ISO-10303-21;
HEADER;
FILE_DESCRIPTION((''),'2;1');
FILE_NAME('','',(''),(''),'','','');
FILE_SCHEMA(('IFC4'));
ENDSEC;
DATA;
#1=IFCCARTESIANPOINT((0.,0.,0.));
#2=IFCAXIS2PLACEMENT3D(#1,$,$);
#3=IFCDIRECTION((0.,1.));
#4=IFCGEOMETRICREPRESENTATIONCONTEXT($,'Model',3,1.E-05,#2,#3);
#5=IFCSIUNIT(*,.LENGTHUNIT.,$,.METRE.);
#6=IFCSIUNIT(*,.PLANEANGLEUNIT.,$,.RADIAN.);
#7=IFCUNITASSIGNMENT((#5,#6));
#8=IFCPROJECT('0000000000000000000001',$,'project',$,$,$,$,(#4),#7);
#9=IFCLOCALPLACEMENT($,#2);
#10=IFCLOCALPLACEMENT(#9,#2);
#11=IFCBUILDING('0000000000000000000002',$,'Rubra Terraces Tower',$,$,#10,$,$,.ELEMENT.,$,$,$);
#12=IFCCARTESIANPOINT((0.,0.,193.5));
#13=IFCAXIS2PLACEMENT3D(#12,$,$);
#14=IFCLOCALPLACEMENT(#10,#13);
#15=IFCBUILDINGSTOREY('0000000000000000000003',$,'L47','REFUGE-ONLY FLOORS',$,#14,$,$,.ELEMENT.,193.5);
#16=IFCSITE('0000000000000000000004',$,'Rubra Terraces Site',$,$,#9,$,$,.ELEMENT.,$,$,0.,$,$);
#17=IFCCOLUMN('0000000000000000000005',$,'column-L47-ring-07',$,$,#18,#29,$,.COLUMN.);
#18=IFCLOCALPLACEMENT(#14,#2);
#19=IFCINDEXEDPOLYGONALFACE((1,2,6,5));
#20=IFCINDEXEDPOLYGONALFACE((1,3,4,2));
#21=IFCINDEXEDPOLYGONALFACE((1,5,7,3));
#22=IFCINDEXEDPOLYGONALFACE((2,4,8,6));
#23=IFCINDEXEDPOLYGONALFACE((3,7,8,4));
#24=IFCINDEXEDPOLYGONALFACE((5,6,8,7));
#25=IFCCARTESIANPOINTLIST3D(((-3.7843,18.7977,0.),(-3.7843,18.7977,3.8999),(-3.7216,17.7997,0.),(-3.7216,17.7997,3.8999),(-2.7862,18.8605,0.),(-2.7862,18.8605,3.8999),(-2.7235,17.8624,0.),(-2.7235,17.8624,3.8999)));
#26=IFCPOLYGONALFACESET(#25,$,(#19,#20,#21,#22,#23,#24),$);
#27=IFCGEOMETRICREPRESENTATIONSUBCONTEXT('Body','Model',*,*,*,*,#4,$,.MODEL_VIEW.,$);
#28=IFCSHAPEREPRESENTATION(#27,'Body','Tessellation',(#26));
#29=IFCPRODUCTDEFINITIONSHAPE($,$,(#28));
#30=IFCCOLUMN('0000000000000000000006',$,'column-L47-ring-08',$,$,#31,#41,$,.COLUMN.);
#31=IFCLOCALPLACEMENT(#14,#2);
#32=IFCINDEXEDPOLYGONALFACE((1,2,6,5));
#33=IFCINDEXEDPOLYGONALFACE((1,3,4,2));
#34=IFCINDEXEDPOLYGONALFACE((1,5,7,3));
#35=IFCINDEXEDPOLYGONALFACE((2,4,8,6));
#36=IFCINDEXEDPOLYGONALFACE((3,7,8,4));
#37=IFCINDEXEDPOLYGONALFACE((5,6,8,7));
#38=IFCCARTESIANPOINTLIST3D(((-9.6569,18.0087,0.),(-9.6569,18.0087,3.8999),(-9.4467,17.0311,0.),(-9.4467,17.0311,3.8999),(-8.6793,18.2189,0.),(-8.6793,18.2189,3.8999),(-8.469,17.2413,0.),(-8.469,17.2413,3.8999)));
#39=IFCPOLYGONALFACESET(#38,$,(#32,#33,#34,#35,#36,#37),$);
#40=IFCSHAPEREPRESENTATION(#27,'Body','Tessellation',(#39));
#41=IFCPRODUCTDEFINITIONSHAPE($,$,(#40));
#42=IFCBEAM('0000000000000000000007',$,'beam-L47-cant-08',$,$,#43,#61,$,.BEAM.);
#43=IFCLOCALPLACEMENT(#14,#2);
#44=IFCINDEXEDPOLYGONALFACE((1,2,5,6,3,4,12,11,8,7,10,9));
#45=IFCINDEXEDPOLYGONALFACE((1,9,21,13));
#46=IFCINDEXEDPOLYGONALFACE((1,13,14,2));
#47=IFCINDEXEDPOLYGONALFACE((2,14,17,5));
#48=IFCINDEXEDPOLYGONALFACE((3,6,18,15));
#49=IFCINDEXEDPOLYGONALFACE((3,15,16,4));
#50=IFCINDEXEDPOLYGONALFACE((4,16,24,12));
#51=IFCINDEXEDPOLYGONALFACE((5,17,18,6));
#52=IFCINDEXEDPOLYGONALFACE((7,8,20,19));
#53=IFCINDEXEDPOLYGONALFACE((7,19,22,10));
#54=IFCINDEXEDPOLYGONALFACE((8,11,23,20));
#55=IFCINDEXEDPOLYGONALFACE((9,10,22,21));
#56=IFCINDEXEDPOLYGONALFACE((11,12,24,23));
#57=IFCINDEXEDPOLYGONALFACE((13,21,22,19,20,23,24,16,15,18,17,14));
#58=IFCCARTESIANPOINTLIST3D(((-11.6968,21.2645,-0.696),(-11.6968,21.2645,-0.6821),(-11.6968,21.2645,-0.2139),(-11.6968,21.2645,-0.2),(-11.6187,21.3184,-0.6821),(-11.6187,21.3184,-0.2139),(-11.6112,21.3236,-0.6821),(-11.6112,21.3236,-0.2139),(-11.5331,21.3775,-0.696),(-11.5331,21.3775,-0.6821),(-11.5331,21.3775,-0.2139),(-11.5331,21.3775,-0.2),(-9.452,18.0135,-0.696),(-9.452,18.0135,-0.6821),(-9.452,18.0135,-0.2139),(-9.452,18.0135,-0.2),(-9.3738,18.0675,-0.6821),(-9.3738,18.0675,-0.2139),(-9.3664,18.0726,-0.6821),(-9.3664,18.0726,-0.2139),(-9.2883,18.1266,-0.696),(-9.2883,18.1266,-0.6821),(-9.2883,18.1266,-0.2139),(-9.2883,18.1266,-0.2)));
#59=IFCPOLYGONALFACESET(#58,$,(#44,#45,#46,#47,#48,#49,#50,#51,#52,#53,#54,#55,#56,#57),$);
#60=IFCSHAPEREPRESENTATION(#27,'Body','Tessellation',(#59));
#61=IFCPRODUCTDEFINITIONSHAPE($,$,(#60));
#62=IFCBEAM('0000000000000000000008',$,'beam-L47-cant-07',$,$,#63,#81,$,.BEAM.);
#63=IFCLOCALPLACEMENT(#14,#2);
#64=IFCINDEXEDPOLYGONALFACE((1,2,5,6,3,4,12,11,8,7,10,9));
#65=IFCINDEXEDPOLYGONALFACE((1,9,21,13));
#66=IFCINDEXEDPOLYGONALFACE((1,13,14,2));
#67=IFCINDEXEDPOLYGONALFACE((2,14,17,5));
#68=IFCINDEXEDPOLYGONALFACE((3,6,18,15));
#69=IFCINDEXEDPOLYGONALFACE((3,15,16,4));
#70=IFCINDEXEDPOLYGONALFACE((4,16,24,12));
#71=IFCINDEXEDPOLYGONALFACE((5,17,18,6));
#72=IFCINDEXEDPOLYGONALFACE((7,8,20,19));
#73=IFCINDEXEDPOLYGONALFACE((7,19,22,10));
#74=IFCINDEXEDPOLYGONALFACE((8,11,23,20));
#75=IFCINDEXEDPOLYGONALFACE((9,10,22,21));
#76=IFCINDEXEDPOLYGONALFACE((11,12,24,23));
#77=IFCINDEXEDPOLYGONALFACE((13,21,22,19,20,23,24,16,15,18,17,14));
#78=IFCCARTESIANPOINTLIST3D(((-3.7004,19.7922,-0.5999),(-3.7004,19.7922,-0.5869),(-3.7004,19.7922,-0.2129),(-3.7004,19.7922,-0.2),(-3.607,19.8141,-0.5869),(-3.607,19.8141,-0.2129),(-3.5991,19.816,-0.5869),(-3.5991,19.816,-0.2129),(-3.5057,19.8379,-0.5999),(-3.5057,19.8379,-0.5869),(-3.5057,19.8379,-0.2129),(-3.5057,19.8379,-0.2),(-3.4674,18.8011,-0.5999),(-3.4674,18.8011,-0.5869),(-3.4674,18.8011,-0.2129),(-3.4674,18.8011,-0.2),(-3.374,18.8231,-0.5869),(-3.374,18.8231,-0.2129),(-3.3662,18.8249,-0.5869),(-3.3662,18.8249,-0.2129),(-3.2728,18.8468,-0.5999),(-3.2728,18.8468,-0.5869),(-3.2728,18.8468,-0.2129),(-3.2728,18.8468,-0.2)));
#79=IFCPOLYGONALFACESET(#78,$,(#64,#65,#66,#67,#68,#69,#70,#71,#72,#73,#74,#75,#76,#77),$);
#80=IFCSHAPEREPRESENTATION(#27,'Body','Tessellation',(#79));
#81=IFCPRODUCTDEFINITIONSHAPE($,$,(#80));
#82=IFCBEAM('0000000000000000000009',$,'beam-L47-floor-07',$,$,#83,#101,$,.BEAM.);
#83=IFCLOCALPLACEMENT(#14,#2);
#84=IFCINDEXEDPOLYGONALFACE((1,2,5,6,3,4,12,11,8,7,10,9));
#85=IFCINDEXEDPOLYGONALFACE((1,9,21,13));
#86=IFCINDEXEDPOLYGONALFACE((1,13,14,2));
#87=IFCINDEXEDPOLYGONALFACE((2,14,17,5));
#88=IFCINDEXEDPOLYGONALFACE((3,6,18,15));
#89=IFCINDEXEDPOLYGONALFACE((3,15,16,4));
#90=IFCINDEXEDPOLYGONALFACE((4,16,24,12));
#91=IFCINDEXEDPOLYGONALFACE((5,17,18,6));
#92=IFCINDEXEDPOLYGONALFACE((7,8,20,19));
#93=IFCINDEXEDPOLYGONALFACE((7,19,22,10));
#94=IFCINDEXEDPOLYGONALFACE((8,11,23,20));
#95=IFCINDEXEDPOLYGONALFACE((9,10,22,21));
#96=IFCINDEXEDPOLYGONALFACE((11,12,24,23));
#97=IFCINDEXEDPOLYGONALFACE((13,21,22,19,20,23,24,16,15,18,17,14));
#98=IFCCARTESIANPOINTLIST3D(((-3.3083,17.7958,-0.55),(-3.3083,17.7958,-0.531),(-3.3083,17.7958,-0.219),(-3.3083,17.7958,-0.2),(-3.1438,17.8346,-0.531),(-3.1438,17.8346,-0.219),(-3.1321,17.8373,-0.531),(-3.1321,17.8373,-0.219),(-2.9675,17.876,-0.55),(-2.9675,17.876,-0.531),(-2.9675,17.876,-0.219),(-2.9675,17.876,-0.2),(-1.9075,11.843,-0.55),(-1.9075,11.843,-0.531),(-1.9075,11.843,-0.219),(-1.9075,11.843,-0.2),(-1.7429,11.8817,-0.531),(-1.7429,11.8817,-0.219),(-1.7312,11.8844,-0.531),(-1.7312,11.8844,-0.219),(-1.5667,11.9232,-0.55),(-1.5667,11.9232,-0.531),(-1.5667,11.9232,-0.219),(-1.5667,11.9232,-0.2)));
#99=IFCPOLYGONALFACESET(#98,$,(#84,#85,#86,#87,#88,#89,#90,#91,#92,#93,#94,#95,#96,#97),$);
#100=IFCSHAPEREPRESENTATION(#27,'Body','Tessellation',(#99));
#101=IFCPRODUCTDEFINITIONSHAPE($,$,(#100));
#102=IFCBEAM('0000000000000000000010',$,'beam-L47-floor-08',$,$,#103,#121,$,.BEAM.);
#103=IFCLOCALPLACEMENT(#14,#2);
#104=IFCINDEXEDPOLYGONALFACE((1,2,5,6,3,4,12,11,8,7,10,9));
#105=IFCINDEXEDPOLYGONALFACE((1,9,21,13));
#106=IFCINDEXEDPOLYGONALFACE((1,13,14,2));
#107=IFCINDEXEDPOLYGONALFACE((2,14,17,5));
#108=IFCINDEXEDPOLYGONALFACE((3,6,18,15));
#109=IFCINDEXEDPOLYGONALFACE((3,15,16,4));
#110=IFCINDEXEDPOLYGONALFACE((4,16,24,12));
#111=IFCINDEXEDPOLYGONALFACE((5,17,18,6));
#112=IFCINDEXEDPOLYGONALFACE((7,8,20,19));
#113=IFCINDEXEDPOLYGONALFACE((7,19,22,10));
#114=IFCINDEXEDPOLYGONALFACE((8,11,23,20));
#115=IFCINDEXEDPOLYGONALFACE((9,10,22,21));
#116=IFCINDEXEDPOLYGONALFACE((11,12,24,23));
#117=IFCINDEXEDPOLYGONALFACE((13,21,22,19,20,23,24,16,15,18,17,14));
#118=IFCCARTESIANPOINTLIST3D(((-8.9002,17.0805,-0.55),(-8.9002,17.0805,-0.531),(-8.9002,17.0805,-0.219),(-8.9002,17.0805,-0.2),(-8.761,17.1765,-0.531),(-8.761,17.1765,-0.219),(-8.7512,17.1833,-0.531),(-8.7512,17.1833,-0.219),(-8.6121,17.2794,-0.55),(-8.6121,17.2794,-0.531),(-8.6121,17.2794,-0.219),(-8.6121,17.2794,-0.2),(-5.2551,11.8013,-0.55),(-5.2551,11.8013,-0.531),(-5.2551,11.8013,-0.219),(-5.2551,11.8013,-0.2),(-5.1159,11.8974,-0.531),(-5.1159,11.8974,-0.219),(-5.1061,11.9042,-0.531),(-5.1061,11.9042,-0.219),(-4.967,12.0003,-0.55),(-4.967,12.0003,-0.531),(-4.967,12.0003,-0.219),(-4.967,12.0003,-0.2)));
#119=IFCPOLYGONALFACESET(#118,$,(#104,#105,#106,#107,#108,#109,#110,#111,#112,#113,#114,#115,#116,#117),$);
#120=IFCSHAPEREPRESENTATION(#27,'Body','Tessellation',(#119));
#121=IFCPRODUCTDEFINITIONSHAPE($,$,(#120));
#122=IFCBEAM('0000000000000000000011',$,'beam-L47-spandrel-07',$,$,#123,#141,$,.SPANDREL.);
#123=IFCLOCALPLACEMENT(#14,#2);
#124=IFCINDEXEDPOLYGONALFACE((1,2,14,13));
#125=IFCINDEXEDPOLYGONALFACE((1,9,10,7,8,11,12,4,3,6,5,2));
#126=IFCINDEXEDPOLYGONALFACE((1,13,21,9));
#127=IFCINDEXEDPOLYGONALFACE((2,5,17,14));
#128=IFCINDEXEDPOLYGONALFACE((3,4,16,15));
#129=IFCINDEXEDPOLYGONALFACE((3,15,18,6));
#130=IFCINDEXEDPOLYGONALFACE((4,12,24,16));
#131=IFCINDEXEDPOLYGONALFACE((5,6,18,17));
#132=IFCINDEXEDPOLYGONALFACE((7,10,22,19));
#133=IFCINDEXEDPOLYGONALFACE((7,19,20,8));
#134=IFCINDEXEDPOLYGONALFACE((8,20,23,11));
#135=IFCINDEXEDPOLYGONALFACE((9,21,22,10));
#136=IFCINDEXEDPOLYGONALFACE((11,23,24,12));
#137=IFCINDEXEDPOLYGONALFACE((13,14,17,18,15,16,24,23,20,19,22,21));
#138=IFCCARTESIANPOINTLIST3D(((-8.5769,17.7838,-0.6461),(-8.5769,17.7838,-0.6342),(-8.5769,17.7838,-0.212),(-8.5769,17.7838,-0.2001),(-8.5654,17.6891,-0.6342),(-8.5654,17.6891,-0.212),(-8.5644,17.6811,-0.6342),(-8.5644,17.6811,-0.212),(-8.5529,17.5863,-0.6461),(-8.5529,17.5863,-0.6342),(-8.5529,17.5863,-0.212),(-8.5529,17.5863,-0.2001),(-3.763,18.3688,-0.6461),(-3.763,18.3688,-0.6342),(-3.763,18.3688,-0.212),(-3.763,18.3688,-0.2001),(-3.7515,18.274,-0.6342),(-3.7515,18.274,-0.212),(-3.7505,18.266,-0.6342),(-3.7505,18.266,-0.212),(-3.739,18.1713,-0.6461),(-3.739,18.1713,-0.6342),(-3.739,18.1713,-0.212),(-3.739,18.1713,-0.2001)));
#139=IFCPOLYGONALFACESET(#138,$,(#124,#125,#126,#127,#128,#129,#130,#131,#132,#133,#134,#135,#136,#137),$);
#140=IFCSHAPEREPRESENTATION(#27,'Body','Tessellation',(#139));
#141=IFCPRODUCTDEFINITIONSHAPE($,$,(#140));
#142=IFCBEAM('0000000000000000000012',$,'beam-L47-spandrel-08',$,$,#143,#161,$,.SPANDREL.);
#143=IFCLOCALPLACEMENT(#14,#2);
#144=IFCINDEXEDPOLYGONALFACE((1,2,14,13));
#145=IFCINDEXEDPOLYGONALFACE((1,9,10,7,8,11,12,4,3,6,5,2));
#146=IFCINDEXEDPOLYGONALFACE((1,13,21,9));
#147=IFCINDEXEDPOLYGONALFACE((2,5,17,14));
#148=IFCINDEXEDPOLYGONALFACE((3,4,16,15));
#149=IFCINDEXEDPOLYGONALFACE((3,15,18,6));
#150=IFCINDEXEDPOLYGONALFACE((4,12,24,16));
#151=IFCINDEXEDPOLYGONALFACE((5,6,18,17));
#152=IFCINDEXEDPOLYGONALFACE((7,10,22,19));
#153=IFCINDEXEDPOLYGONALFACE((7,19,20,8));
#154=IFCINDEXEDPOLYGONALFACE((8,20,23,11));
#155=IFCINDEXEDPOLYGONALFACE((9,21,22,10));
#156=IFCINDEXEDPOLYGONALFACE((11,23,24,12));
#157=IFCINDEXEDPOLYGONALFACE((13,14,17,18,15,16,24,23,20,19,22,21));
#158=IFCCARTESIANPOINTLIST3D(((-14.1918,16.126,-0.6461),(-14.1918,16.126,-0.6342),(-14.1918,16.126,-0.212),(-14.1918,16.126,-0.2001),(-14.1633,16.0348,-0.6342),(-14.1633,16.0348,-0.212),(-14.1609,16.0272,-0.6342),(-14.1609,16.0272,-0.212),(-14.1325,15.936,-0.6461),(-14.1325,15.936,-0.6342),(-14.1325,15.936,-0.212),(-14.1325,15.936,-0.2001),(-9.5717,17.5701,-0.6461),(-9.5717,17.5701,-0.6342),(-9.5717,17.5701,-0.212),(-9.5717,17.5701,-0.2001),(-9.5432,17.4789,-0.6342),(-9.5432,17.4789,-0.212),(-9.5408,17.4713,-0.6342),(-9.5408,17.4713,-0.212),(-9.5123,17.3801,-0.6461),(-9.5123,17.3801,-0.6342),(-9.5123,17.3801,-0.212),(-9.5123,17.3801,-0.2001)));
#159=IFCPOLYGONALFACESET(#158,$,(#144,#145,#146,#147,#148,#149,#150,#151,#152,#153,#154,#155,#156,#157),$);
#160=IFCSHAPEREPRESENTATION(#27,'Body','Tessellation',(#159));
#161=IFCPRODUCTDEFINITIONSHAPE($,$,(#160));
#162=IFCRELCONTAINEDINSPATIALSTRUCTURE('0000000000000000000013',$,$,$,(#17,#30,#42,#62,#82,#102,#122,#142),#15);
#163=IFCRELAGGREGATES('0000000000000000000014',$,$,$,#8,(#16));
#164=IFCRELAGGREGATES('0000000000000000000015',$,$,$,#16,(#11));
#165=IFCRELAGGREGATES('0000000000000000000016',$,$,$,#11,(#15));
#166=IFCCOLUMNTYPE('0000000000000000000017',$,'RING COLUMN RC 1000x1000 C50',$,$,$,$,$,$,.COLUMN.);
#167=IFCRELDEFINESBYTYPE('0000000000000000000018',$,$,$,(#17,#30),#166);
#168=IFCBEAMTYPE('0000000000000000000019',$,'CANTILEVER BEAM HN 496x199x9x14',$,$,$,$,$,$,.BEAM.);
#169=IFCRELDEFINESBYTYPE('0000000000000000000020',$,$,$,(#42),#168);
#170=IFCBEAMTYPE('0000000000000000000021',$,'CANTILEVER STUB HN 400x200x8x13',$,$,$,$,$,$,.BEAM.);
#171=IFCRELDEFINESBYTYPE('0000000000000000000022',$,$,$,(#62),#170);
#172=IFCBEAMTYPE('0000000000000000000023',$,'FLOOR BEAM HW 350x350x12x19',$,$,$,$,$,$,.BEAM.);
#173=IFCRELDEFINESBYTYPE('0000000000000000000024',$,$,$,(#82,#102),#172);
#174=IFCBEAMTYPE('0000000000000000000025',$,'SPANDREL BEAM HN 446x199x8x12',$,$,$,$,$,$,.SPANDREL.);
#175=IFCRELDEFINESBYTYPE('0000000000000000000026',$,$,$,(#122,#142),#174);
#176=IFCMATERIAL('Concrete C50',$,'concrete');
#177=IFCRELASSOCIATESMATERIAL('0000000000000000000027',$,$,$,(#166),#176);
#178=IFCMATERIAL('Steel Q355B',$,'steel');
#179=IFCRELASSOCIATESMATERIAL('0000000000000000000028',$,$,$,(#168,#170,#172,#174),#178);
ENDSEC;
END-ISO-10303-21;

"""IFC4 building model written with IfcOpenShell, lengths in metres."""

from ifc_helpers import new_model, si_unit, direction, frame, origin, origin_2d, place, context, subcontext, project, spatial, rectangle, i_section, extrude, material, material_profile, profile_set, type_object, element, save


model = new_model("IFC4")

# Units and contexts
model_context = context("Model", 3, precision=1e-05, world=origin(), true_north=direction((0.0, 1.0)))
body_context = subcontext(model_context, "Body", "Model", "MODEL_VIEW")
ifc_project = project(units=[si_unit("LENGTHUNIT", "METRE"), si_unit("PLANEANGLEUNIT", "RADIAN")], contexts=[model_context])

# Site, building, storey
site_placement = place(None, origin())
site = spatial("IfcSite", under=ifc_project, at=site_placement, Name="Rubra Terraces Site", CompositionType="ELEMENT", RefElevation=0.0)
building_placement = place(site_placement, origin())
building = spatial("IfcBuilding", under=site, at=building_placement, Name="Rubra Terraces Tower", CompositionType="ELEMENT")
storey_placement = place(building_placement, frame((0.0, 0.0, 193.5)))
storey = spatial("IfcBuildingStorey", under=building, at=storey_placement, Name="L47", Description="REFUGE-ONLY FLOORS", CompositionType="ELEMENT", Elevation=193.5)

# Columns
ifc_material_1 = material(Name="Concrete C50", Category="concrete")
ifc_material_profile_1 = material_profile(ifc_material_1, rectangle(XDim=1.0, YDim=1.0, at=origin_2d()), Name="RC 1000x1000")
ifc_profile_set_1 = profile_set([ifc_material_profile_1], Name="Concrete C50")
column_type = type_object("IfcColumnType", Name="RING COLUMN RC 1000x1000 C50", PredefinedType="COLUMN", material=ifc_profile_set_1)
for number, where, z_axis, x_axis, name in (
    (1, (-3.2539, 18.3301, 0.0), (0.0, 0.0, 1.0), (-0.998032, -0.062714, 0.0), "column-L47-ring-07"),
    (2, (-9.063, 17.625, 0.0), (0.0, 0.0, 1.0), (-0.977653, -0.210227, 0.0), "column-L47-ring-08"),
):
    element("IfcColumn", number, at=place(storey_placement, frame(where, z_axis=z_axis, x_axis=x_axis)), inside=storey, type_object=column_type, Name=name, PredefinedType="COLUMN", context=body_context, shape_type="SweptSolid", body=[
        extrude(rectangle(XDim=1.0, YDim=1.0, at=origin_2d()), origin(), (0.0, 0.0, 1.0), 3.8999),
    ])

# Beams
ifc_material_2 = material(Name="Steel Q355B", Category="steel")
ifc_material_profile_2 = material_profile(ifc_material_2, i_section(OverallWidth=0.199, OverallDepth=0.4961, WebThickness=0.009, FlangeThickness=0.0139, at=origin_2d()), Name="HN 496x199x9x14")
ifc_profile_set_2 = profile_set([ifc_material_profile_2], Name="Steel Q355B")
beam_type_1 = type_object("IfcBeamType", Name="CANTILEVER BEAM HN 496x199x9x14", PredefinedType="BEAM", material=ifc_profile_set_2)
beam_1_placement = place(storey_placement, frame((-9.3701, 18.0701, -0.448), z_axis=(-0.568217, 0.822879, 0.0), x_axis=(-0.822879, -0.568217, 0.0)))
element("IfcBeam", 3, at=beam_1_placement, inside=storey, type_object=beam_type_1, Name="beam-L47-cant-08", PredefinedType="BEAM", context=body_context, shape_type="SweptSolid", body=[
    extrude(i_section(OverallWidth=0.199, OverallDepth=0.4961, WebThickness=0.009, FlangeThickness=0.0139, at=origin_2d()), origin(), (0.0, 0.0, 1.0), 3.9507),
])
ifc_material_profile_3 = material_profile(ifc_material_2, i_section(OverallWidth=0.2, OverallDepth=0.3999, WebThickness=0.0081, FlangeThickness=0.0129, at=origin_2d()), Name="HN 400x200x8x13")
ifc_profile_set_3 = profile_set([ifc_material_profile_3], Name="Steel Q355B")
beam_type_2 = type_object("IfcBeamType", Name="CANTILEVER STUB HN 400x200x8x13", PredefinedType="BEAM", material=ifc_profile_set_3)
beam_2_placement = place(storey_placement, frame((-3.3701, 18.824, -0.3999), z_axis=(-0.228799, 0.973474, 0.0), x_axis=(-0.973474, -0.228799, 0.0)))
element("IfcBeam", 4, at=beam_2_placement, inside=storey, type_object=beam_type_2, Name="beam-L47-cant-07", PredefinedType="BEAM", context=body_context, shape_type="SweptSolid", body=[
    extrude(i_section(OverallWidth=0.2, OverallDepth=0.3999, WebThickness=0.0081, FlangeThickness=0.0129, at=origin_2d()), origin(), (0.0, 0.0, 1.0), 1.0181),
])
ifc_material_profile_4 = material_profile(ifc_material_2, i_section(OverallWidth=0.3501, OverallDepth=0.3501, WebThickness=0.012, FlangeThickness=0.019, at=origin_2d()), Name="HW 350x350x12x19")
ifc_profile_set_4 = profile_set([ifc_material_profile_4], Name="Steel Q355B")
beam_type_3 = type_object("IfcBeamType", Name="FLOOR BEAM HW 350x350x12x19", PredefinedType="BEAM", material=ifc_profile_set_4)
beam_3_placement = place(storey_placement, frame((-3.1379, 17.8359, -0.375), z_axis=(0.22907, -0.97341, 0.0), x_axis=(0.97341, 0.22907, 0.0)))
element("IfcBeam", 5, at=beam_3_placement, inside=storey, type_object=beam_type_3, Name="beam-L47-floor-07", PredefinedType="BEAM", context=body_context, shape_type="SweptSolid", body=[
    extrude(i_section(OverallWidth=0.3501, OverallDepth=0.3501, WebThickness=0.012, FlangeThickness=0.019, at=origin_2d()), origin(), (0.0, 0.0, 1.0), 6.1155),
])
beam_4_placement = place(storey_placement, frame((-8.7561, 17.1799, -0.375), z_axis=(0.568186, -0.8229, 0.0), x_axis=(0.8229, 0.568186, 0.0)))
element("IfcBeam", 6, at=beam_4_placement, inside=storey, type_object=beam_type_3, Name="beam-L47-floor-08", PredefinedType="BEAM", context=body_context, shape_type="SweptSolid", body=[
    extrude(i_section(OverallWidth=0.3501, OverallDepth=0.3501, WebThickness=0.012, FlangeThickness=0.019, at=origin_2d()), origin(), (0.0, 0.0, 1.0), 6.4153),
])
ifc_material_profile_5 = material_profile(ifc_material_2, i_section(OverallWidth=0.199, OverallDepth=0.446, WebThickness=0.0081, FlangeThickness=0.012, at=origin_2d()), Name="HN 446x199x8x12")
ifc_profile_set_5 = profile_set([ifc_material_profile_5], Name="Steel Q355B")
beam_type_4 = type_object("IfcBeamType", Name="SPANDREL BEAM HN 446x199x8x12", PredefinedType="SPANDREL", material=ifc_profile_set_5)
beam_5_placement = place(storey_placement, frame((-3.751, 18.27, -0.4231), z_axis=(-0.992698, -0.120626, 0.0), x_axis=(0.120626, -0.992698, 0.0)))
element("IfcBeam", 7, at=beam_5_placement, inside=storey, type_object=beam_type_4, Name="beam-L47-spandrel-07", PredefinedType="SPANDREL", context=body_context, shape_type="SweptSolid", body=[
    extrude(i_section(OverallWidth=0.199, OverallDepth=0.446, WebThickness=0.0081, FlangeThickness=0.012, at=origin_2d()), origin(), (0.0, 0.0, 1.0), 4.8494),
])
beam_6_placement = place(storey_placement, frame((-9.542, 17.4751, -0.4231), z_axis=(-0.954462, -0.298332, 0.0), x_axis=(0.298332, -0.954462, 0.0)))
element("IfcBeam", 8, at=beam_6_placement, inside=storey, type_object=beam_type_4, Name="beam-L47-spandrel-08", PredefinedType="SPANDREL", context=body_context, shape_type="SweptSolid", body=[
    extrude(i_section(OverallWidth=0.199, OverallDepth=0.446, WebThickness=0.0081, FlangeThickness=0.012, at=origin_2d()), origin(), (0.0, 0.0, 1.0), 4.8406),
])

save(model, "model.ifc")
